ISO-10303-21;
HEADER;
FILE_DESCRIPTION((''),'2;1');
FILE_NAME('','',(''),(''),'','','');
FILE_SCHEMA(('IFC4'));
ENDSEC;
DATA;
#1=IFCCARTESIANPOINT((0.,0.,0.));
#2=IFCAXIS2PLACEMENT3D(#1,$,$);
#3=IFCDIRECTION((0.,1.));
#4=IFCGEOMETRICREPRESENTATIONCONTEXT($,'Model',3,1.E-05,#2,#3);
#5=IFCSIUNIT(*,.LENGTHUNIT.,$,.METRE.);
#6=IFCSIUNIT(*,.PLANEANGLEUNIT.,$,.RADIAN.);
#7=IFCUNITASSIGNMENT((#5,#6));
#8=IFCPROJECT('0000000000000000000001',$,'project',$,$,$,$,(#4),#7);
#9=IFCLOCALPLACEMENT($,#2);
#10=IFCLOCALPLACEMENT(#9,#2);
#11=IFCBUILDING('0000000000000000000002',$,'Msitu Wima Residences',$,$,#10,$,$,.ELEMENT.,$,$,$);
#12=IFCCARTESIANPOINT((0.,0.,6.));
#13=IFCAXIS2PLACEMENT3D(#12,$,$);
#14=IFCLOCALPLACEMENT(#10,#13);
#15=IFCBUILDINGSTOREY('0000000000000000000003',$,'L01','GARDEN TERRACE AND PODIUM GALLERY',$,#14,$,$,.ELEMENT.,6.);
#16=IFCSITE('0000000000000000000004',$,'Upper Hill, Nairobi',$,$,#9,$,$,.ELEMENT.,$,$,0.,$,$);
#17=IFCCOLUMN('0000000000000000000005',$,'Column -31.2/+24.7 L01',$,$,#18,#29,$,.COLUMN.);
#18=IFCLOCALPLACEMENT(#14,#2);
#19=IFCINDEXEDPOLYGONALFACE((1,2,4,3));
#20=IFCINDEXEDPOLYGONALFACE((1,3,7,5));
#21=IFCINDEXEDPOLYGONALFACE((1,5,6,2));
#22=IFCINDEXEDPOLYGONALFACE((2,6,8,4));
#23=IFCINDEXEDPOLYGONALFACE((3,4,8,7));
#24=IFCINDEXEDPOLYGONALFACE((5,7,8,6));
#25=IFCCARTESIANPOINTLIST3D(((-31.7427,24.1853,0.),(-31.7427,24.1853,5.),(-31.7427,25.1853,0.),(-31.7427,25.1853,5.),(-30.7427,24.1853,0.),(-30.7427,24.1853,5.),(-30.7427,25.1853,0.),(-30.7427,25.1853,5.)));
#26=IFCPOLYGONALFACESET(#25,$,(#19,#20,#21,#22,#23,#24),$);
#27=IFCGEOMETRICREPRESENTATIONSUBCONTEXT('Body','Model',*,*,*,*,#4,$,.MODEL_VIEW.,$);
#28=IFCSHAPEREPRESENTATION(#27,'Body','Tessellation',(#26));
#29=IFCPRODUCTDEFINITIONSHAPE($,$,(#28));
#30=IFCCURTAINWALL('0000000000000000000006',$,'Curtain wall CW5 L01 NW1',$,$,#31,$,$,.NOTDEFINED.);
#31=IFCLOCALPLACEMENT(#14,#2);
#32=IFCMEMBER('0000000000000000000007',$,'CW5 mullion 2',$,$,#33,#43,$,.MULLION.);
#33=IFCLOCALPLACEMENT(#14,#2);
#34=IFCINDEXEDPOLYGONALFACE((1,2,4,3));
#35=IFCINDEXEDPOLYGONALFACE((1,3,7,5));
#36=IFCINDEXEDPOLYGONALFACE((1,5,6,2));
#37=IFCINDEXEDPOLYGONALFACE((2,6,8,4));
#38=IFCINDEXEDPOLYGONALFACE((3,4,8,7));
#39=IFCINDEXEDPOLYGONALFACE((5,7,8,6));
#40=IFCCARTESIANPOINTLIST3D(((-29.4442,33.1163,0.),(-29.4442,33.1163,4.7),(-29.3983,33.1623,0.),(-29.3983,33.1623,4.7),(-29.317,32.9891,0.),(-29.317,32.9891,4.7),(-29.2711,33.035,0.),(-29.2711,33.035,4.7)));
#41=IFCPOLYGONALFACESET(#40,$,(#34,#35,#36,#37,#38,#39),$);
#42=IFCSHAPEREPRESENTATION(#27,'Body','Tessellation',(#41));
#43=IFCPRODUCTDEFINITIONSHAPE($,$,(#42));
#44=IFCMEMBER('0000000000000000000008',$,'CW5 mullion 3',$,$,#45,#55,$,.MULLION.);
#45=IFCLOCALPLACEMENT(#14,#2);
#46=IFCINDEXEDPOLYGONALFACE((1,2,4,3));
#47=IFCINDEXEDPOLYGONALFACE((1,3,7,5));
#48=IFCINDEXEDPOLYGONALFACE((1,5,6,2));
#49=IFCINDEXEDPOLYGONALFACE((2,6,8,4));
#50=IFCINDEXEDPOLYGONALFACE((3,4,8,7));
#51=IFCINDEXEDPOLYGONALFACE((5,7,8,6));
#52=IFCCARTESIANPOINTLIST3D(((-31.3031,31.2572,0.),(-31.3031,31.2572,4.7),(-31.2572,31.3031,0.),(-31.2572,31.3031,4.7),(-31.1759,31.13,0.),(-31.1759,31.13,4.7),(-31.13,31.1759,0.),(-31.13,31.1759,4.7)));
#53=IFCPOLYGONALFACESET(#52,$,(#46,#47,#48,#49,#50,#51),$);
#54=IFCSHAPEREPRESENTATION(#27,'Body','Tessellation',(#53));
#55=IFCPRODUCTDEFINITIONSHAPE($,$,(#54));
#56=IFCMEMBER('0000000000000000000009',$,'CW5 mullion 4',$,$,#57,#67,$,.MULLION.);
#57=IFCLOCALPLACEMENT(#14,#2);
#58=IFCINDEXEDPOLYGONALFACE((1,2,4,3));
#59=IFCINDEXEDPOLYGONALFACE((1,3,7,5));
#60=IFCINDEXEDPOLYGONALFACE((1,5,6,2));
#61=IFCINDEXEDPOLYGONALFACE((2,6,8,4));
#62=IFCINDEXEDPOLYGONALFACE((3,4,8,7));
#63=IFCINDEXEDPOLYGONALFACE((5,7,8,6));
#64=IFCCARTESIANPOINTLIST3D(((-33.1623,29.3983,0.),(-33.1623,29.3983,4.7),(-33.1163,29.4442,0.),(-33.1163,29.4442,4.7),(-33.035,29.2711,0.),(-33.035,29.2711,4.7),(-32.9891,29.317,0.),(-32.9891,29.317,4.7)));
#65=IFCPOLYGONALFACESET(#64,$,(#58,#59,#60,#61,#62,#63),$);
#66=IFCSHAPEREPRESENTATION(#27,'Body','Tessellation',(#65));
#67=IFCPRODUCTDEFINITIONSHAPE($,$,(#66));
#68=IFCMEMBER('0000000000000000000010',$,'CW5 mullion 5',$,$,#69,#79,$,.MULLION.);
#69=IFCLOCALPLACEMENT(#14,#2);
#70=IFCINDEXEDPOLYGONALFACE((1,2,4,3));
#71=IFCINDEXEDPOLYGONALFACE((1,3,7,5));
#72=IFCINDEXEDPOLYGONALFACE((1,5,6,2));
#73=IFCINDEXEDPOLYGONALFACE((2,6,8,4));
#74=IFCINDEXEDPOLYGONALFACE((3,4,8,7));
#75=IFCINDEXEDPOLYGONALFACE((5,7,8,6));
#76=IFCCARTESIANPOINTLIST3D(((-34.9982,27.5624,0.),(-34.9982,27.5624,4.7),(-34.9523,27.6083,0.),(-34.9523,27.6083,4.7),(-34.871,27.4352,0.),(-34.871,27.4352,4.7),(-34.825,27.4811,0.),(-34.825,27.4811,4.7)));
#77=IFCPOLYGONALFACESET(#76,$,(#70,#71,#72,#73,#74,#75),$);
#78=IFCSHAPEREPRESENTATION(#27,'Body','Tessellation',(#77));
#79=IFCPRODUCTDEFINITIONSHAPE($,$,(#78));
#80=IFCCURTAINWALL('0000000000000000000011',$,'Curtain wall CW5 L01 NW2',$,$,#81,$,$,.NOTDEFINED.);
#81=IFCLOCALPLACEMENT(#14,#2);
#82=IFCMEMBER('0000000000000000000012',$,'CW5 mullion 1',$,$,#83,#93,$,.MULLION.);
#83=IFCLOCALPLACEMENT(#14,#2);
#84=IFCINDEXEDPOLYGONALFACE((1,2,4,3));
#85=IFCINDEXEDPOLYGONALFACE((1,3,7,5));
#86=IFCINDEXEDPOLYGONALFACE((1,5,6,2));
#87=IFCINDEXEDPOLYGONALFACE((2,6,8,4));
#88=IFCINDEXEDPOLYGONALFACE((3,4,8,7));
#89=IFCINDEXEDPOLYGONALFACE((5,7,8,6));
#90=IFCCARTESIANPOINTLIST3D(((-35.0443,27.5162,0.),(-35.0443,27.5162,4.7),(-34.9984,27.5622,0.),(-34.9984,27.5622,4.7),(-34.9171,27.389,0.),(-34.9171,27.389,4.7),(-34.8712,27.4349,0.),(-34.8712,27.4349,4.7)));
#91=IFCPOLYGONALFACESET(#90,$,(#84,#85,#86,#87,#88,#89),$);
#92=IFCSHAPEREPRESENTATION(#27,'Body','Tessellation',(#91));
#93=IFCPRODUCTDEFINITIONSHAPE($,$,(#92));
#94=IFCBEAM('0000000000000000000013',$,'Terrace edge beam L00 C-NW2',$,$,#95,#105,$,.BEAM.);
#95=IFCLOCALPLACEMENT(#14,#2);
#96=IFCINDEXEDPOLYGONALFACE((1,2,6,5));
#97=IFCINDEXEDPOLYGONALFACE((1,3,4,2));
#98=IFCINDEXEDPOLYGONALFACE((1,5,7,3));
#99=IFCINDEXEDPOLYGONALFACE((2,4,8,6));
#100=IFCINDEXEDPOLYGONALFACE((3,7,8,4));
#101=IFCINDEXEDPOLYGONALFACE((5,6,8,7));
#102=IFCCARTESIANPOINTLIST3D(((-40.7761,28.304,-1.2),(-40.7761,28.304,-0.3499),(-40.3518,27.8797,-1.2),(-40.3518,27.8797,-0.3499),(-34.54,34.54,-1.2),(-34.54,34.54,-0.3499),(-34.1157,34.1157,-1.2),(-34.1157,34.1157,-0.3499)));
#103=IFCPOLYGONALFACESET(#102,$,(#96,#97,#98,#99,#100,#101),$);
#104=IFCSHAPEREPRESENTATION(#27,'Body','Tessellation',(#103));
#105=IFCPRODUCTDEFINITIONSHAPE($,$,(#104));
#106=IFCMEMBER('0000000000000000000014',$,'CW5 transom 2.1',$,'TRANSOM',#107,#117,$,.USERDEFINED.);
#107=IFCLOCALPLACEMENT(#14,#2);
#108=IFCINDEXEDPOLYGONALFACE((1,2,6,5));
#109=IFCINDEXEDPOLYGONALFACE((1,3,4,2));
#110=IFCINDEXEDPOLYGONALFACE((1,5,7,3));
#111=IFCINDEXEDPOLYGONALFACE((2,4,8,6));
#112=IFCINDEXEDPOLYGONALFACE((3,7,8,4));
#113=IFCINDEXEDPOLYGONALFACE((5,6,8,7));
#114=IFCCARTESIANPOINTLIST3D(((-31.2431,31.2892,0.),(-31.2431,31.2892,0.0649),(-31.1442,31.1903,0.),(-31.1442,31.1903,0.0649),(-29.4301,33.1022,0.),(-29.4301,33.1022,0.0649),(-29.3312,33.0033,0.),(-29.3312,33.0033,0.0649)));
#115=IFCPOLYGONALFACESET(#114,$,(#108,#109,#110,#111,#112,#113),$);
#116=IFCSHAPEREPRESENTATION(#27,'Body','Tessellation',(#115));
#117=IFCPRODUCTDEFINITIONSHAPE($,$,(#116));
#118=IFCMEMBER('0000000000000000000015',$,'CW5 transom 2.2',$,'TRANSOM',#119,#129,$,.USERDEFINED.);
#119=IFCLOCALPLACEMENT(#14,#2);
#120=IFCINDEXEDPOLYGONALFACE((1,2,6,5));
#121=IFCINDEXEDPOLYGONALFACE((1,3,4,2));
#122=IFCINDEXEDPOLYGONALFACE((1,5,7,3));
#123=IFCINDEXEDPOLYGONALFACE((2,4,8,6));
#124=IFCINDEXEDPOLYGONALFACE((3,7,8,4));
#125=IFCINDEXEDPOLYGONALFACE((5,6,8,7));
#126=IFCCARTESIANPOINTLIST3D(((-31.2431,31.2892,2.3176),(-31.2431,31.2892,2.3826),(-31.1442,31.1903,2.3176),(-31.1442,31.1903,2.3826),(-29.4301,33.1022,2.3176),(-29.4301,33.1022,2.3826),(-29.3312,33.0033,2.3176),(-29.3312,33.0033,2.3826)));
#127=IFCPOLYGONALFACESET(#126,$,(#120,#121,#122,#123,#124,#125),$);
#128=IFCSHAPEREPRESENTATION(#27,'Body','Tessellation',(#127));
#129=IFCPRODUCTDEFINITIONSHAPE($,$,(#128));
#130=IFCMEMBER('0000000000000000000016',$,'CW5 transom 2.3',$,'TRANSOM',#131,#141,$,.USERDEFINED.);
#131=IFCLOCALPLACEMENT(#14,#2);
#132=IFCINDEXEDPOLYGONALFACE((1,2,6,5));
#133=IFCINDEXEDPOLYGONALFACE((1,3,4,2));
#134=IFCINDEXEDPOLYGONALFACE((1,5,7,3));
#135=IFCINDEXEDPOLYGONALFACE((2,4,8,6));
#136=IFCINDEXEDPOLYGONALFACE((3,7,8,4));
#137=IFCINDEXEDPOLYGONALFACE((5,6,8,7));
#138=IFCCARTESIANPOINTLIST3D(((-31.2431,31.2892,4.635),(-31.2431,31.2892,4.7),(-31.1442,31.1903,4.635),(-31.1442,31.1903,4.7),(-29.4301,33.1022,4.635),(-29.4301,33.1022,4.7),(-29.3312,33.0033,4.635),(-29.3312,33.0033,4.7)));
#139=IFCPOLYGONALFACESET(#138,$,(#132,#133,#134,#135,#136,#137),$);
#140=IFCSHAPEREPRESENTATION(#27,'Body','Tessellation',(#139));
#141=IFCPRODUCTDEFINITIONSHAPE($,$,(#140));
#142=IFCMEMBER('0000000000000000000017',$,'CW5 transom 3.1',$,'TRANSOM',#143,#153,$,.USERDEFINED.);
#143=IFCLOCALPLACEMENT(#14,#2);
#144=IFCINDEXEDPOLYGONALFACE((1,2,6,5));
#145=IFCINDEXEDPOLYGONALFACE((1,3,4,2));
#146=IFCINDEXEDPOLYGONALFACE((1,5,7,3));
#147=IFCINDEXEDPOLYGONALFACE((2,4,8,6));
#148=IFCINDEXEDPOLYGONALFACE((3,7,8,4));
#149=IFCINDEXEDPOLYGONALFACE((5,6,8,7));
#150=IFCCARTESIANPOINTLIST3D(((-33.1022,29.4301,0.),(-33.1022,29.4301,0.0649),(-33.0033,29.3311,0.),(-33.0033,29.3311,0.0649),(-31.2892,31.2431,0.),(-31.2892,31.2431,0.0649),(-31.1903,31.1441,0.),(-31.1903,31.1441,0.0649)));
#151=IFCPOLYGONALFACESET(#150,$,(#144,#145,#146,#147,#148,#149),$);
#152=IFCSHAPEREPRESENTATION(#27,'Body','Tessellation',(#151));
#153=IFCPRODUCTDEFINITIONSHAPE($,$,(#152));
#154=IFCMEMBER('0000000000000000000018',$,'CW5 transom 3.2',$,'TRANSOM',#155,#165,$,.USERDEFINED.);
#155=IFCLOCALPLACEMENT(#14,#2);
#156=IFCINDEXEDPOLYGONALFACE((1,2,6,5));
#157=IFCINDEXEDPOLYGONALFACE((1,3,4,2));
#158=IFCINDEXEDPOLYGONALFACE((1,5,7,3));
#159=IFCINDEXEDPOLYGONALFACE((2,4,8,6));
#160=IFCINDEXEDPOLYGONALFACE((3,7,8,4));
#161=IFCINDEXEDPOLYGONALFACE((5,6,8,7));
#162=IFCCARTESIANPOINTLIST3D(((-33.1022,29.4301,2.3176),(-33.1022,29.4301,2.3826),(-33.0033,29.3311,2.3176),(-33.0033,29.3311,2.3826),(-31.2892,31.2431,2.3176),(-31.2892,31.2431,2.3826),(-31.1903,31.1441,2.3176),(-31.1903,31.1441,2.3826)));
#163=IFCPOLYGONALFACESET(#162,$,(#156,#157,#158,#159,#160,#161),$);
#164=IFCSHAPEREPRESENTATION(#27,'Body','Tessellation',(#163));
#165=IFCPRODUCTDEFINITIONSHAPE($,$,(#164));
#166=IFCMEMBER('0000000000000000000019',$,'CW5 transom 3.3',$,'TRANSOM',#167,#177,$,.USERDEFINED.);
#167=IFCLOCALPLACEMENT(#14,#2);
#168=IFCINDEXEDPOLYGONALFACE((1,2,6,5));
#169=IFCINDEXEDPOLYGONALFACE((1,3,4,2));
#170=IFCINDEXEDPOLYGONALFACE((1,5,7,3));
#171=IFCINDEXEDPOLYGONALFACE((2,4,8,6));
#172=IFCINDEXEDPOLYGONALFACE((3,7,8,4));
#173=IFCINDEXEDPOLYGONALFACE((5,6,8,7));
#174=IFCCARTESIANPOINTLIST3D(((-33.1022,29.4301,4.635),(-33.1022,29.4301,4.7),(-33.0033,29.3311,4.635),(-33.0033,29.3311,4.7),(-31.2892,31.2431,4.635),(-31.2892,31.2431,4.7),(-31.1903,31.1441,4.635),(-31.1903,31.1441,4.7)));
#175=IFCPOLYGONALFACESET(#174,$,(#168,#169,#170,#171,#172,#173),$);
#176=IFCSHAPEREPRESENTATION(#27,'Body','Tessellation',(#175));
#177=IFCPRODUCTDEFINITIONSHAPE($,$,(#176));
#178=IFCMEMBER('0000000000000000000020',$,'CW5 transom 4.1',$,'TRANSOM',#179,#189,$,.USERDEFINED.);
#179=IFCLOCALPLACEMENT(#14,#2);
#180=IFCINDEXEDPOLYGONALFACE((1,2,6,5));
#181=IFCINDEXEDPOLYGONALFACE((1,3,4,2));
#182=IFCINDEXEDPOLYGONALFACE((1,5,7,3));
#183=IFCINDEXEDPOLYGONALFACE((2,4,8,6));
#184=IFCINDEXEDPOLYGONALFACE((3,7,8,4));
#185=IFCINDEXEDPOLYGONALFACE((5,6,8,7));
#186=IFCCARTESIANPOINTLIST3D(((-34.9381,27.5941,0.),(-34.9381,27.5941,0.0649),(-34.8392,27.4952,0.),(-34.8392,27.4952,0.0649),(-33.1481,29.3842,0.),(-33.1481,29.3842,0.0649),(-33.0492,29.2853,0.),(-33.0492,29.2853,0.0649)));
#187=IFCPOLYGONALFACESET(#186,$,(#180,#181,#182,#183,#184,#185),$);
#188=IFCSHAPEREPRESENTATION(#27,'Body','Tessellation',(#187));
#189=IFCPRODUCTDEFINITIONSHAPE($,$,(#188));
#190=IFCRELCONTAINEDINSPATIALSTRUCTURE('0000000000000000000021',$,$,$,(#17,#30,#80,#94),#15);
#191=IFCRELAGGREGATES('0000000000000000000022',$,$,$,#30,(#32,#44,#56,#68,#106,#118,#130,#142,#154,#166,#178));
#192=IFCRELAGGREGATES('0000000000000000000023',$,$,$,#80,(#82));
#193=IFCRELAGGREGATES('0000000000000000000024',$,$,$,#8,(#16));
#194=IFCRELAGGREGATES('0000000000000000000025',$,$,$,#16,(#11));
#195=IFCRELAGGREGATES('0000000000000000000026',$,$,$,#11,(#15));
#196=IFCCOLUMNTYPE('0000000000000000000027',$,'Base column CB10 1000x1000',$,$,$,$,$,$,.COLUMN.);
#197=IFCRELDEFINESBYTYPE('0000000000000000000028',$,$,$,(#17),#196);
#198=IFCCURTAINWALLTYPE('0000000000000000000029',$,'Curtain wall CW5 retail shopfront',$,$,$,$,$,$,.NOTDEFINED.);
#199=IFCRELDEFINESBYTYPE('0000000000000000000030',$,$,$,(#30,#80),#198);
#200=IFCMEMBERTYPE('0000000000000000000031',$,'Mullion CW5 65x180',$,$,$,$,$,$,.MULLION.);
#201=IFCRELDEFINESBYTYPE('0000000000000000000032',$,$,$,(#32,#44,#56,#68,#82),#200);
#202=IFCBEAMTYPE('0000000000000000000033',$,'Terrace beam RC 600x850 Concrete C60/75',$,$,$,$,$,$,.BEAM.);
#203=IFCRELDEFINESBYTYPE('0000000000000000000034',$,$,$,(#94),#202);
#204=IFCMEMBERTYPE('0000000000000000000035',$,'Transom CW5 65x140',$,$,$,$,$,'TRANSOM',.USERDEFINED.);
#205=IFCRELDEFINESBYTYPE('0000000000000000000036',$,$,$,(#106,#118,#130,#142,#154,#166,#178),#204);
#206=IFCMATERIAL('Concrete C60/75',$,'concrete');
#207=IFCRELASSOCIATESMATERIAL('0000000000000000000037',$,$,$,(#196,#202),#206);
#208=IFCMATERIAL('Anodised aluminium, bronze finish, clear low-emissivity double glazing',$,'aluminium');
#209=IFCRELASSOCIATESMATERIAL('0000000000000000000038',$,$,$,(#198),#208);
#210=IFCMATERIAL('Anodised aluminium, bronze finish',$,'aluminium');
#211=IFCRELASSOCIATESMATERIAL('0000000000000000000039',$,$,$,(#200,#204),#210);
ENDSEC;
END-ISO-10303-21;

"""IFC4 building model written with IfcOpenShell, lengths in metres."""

from ifc_helpers import new_model, si_unit, direction, frame, origin, origin_2d, place, context, subcontext, project, spatial, rectangle, extrude, material, material_profile, profile_set, type_object, element, aggregate, save


model = new_model("IFC4")

# Units and contexts
model_context = context("Model", 3, precision=1e-05, world=origin(), true_north=direction((0.0, 1.0)))
body_context = subcontext(model_context, "Body", "Model", "MODEL_VIEW")
ifc_project = project(units=[si_unit("LENGTHUNIT", "METRE"), si_unit("PLANEANGLEUNIT", "RADIAN")], contexts=[model_context])

# Site, building, storey
site_placement = place(None, origin())
site = spatial("IfcSite", under=ifc_project, at=site_placement, Name="Upper Hill, Nairobi", CompositionType="ELEMENT", RefElevation=0.0)
building_placement = place(site_placement, origin())
building = spatial("IfcBuilding", under=site, at=building_placement, Name="Msitu Wima Residences", CompositionType="ELEMENT")
storey_placement = place(building_placement, frame((0.0, 0.0, 6.0)))
storey = spatial("IfcBuildingStorey", under=building, at=storey_placement, Name="L01", Description="GARDEN TERRACE AND PODIUM GALLERY", CompositionType="ELEMENT", Elevation=6.0)

# Column
ifc_material_1 = material(Name="Concrete C60/75", Category="concrete")
ifc_material_profile_1 = material_profile(ifc_material_1, rectangle(XDim=1.0, YDim=1.0, at=origin_2d()), Name="RC 1000x1000")
ifc_profile_set_1 = profile_set([ifc_material_profile_1], Name="Concrete C60/75")
column_type = type_object("IfcColumnType", Name="Base column CB10 1000x1000", PredefinedType="COLUMN", material=ifc_profile_set_1)
column_placement = place(storey_placement, frame((-31.2427, 24.6853, 0.0), z_axis=(0.0, 0.0, 1.0), x_axis=(1.0, 0.0, 0.0)))
element("IfcColumn", 1, at=column_placement, inside=storey, type_object=column_type, Name="Column -31.2/+24.7 L01", PredefinedType="COLUMN", context=body_context, shape_type="SweptSolid", body=[
    extrude(rectangle(XDim=1.0, YDim=1.0, at=origin_2d()), origin(), (0.0, 0.0, 1.0), 5.0),
])

# Curtain wall, members
ifc_material_2 = material(Name="Anodised aluminium, bronze finish, clear low-emissivity double glazing", Category="aluminium")
curtain_wall_type = type_object("IfcCurtainWallType", Name="Curtain wall CW5 retail shopfront", PredefinedType="NOTDEFINED", material=ifc_material_2)
curtain_wall_1_placement = place(storey_placement, origin())
curtain_wall_1 = element("IfcCurtainWall", 2, at=curtain_wall_1_placement, inside=storey, type_object=curtain_wall_type, Name="Curtain wall CW5 L01 NW1", PredefinedType="NOTDEFINED")
ifc_material_3 = material(Name="Anodised aluminium, bronze finish", Category="aluminium")
ifc_material_profile_2 = material_profile(ifc_material_3, rectangle(XDim=0.1799, YDim=0.0649, at=origin_2d()), Name="Mullion 65x180")
ifc_profile_set_2 = profile_set([ifc_material_profile_2], Name="Anodised aluminium, bronze finish")
member_type_1 = type_object("IfcMemberType", Name="Mullion CW5 65x180", PredefinedType="MULLION", material=ifc_profile_set_2)
member_1_placement = place(storey_placement, frame((-29.3577, 33.0757, 0.0), z_axis=(0.0, 0.0, 1.0), x_axis=(0.707107, -0.707107, 0.0)))
member_1 = element("IfcMember", 3, at=member_1_placement, type_object=member_type_1, Name="CW5 mullion 2", PredefinedType="MULLION", context=body_context, shape_type="SweptSolid", body=[
    extrude(rectangle(XDim=0.1799, YDim=0.0649, at=origin_2d()), origin(), (0.0, 0.0, 1.0), 4.7),
])
member_2_placement = place(storey_placement, frame((-31.2166, 31.2166, 0.0), z_axis=(0.0, 0.0, 1.0), x_axis=(0.707107, -0.707107, 0.0)))
member_2 = element("IfcMember", 4, at=member_2_placement, type_object=member_type_1, Name="CW5 mullion 3", PredefinedType="MULLION", context=body_context, shape_type="SweptSolid", body=[
    extrude(rectangle(XDim=0.1799, YDim=0.0649, at=origin_2d()), origin(), (0.0, 0.0, 1.0), 4.7),
])
member_3_placement = place(storey_placement, frame((-33.0757, 29.3577, 0.0), z_axis=(0.0, 0.0, 1.0), x_axis=(0.707107, -0.707107, 0.0)))
member_3 = element("IfcMember", 5, at=member_3_placement, type_object=member_type_1, Name="CW5 mullion 4", PredefinedType="MULLION", context=body_context, shape_type="SweptSolid", body=[
    extrude(rectangle(XDim=0.1799, YDim=0.0649, at=origin_2d()), origin(), (0.0, 0.0, 1.0), 4.7),
])
member_4_placement = place(storey_placement, frame((-34.9116, 27.5217, 0.0), z_axis=(0.0, 0.0, 1.0), x_axis=(0.707107, -0.707107, 0.0)))
member_4 = element("IfcMember", 6, at=member_4_placement, type_object=member_type_1, Name="CW5 mullion 5", PredefinedType="MULLION", context=body_context, shape_type="SweptSolid", body=[
    extrude(rectangle(XDim=0.1799, YDim=0.0649, at=origin_2d()), origin(), (0.0, 0.0, 1.0), 4.7),
])

# Curtain wall, member
curtain_wall_2_placement = place(storey_placement, origin())
curtain_wall_2 = element("IfcCurtainWall", 7, at=curtain_wall_2_placement, inside=storey, type_object=curtain_wall_type, Name="Curtain wall CW5 L01 NW2", PredefinedType="NOTDEFINED")
member_5_placement = place(storey_placement, frame((-34.9578, 27.4756, 0.0), z_axis=(0.0, 0.0, 1.0), x_axis=(0.707107, -0.707107, 0.0)))
member_5 = element("IfcMember", 8, at=member_5_placement, type_object=member_type_1, Name="CW5 mullion 1", PredefinedType="MULLION", context=body_context, shape_type="SweptSolid", body=[
    extrude(rectangle(XDim=0.1799, YDim=0.0649, at=origin_2d()), origin(), (0.0, 0.0, 1.0), 4.7),
])

# Beam
ifc_material_profile_3 = material_profile(ifc_material_1, rectangle(XDim=0.6001, YDim=0.8501, at=origin_2d()), Name="RC 600x850")
ifc_profile_set_3 = profile_set([ifc_material_profile_3], Name="Concrete C60/75")
beam_type = type_object("IfcBeamType", Name="Terrace beam RC 600x850 Concrete C60/75", PredefinedType="BEAM", material=ifc_profile_set_3)
beam_placement = place(storey_placement, frame((-34.3279, 34.3279, -0.7749), z_axis=(-0.707107, -0.707107, 0.0), x_axis=(0.707107, -0.707107, 0.0)))
element("IfcBeam", 9, at=beam_placement, inside=storey, type_object=beam_type, Name="Terrace edge beam L00 C-NW2", PredefinedType="BEAM", context=body_context, shape_type="SweptSolid", body=[
    extrude(rectangle(XDim=0.6001, YDim=0.8501, at=origin_2d()), origin(), (0.0, 0.0, 1.0), 8.8191),
])

# Members
ifc_material_profile_4 = material_profile(ifc_material_3, rectangle(XDim=0.1399, YDim=0.0649, at=origin_2d()), Name="Transom 65x140")
ifc_profile_set_4 = profile_set([ifc_material_profile_4], Name="Anodised aluminium, bronze finish")
member_type_2 = type_object("IfcMemberType", Name="Transom CW5 65x140", ElementType="TRANSOM", PredefinedType="USERDEFINED", material=ifc_profile_set_4)
member_6_placement = place(storey_placement, frame((-29.3806, 33.0527, 0.0325), z_axis=(-0.707107, -0.707107, 0.0), x_axis=(0.707107, -0.707107, 0.0)))
member_6 = element("IfcMember", 10, at=member_6_placement, type_object=member_type_2, Name="CW5 transom 2.1", ObjectType="TRANSOM", PredefinedType="USERDEFINED", context=body_context, shape_type="SweptSolid", body=[
    extrude(rectangle(XDim=0.1399, YDim=0.0649, at=origin_2d()), origin(), (0.0, 0.0, 1.0), 2.564),
])
member_7_placement = place(storey_placement, frame((-29.3806, 33.0527, 2.3501), z_axis=(-0.707107, -0.707107, 0.0), x_axis=(0.707107, -0.707107, 0.0)))
member_7 = element("IfcMember", 11, at=member_7_placement, type_object=member_type_2, Name="CW5 transom 2.2", ObjectType="TRANSOM", PredefinedType="USERDEFINED", context=body_context, shape_type="SweptSolid", body=[
    extrude(rectangle(XDim=0.1399, YDim=0.0649, at=origin_2d()), origin(), (0.0, 0.0, 1.0), 2.564),
])
member_8_placement = place(storey_placement, frame((-29.3806, 33.0527, 4.6675), z_axis=(-0.707107, -0.707107, 0.0), x_axis=(0.707107, -0.707107, 0.0)))
member_8 = element("IfcMember", 12, at=member_8_placement, type_object=member_type_2, Name="CW5 transom 2.3", ObjectType="TRANSOM", PredefinedType="USERDEFINED", context=body_context, shape_type="SweptSolid", body=[
    extrude(rectangle(XDim=0.1399, YDim=0.0649, at=origin_2d()), origin(), (0.0, 0.0, 1.0), 2.564),
])
member_9_placement = place(storey_placement, frame((-31.2397, 31.1936, 0.0325), z_axis=(-0.707107, -0.707107, 0.0), x_axis=(0.707107, -0.707107, 0.0)))
member_9 = element("IfcMember", 13, at=member_9_placement, type_object=member_type_2, Name="CW5 transom 3.1", ObjectType="TRANSOM", PredefinedType="USERDEFINED", context=body_context, shape_type="SweptSolid", body=[
    extrude(rectangle(XDim=0.1399, YDim=0.0649, at=origin_2d()), origin(), (0.0, 0.0, 1.0), 2.564),
])
member_10_placement = place(storey_placement, frame((-31.2397, 31.1936, 2.3501), z_axis=(-0.707107, -0.707107, 0.0), x_axis=(0.707107, -0.707107, 0.0)))
member_10 = element("IfcMember", 14, at=member_10_placement, type_object=member_type_2, Name="CW5 transom 3.2", ObjectType="TRANSOM", PredefinedType="USERDEFINED", context=body_context, shape_type="SweptSolid", body=[
    extrude(rectangle(XDim=0.1399, YDim=0.0649, at=origin_2d()), origin(), (0.0, 0.0, 1.0), 2.564),
])
member_11_placement = place(storey_placement, frame((-31.2397, 31.1936, 4.6675), z_axis=(-0.707107, -0.707107, 0.0), x_axis=(0.707107, -0.707107, 0.0)))
member_11 = element("IfcMember", 15, at=member_11_placement, type_object=member_type_2, Name="CW5 transom 3.3", ObjectType="TRANSOM", PredefinedType="USERDEFINED", context=body_context, shape_type="SweptSolid", body=[
    extrude(rectangle(XDim=0.1399, YDim=0.0649, at=origin_2d()), origin(), (0.0, 0.0, 1.0), 2.564),
])
member_12_placement = place(storey_placement, frame((-33.0986, 29.3347, 0.0325), z_axis=(-0.707107, -0.707107, 0.0), x_axis=(0.707107, -0.707107, 0.0)))
member_12 = element("IfcMember", 16, at=member_12_placement, type_object=member_type_2, Name="CW5 transom 4.1", ObjectType="TRANSOM", PredefinedType="USERDEFINED", context=body_context, shape_type="SweptSolid", body=[
    extrude(rectangle(XDim=0.1399, YDim=0.0649, at=origin_2d()), origin(), (0.0, 0.0, 1.0), 2.5315),
])

aggregate(curtain_wall_1, [member_1, member_2, member_3, member_4, member_6, member_7, member_8, member_9, member_10, member_11, member_12])
aggregate(curtain_wall_2, [member_5])

save(model, "model.ifc")
